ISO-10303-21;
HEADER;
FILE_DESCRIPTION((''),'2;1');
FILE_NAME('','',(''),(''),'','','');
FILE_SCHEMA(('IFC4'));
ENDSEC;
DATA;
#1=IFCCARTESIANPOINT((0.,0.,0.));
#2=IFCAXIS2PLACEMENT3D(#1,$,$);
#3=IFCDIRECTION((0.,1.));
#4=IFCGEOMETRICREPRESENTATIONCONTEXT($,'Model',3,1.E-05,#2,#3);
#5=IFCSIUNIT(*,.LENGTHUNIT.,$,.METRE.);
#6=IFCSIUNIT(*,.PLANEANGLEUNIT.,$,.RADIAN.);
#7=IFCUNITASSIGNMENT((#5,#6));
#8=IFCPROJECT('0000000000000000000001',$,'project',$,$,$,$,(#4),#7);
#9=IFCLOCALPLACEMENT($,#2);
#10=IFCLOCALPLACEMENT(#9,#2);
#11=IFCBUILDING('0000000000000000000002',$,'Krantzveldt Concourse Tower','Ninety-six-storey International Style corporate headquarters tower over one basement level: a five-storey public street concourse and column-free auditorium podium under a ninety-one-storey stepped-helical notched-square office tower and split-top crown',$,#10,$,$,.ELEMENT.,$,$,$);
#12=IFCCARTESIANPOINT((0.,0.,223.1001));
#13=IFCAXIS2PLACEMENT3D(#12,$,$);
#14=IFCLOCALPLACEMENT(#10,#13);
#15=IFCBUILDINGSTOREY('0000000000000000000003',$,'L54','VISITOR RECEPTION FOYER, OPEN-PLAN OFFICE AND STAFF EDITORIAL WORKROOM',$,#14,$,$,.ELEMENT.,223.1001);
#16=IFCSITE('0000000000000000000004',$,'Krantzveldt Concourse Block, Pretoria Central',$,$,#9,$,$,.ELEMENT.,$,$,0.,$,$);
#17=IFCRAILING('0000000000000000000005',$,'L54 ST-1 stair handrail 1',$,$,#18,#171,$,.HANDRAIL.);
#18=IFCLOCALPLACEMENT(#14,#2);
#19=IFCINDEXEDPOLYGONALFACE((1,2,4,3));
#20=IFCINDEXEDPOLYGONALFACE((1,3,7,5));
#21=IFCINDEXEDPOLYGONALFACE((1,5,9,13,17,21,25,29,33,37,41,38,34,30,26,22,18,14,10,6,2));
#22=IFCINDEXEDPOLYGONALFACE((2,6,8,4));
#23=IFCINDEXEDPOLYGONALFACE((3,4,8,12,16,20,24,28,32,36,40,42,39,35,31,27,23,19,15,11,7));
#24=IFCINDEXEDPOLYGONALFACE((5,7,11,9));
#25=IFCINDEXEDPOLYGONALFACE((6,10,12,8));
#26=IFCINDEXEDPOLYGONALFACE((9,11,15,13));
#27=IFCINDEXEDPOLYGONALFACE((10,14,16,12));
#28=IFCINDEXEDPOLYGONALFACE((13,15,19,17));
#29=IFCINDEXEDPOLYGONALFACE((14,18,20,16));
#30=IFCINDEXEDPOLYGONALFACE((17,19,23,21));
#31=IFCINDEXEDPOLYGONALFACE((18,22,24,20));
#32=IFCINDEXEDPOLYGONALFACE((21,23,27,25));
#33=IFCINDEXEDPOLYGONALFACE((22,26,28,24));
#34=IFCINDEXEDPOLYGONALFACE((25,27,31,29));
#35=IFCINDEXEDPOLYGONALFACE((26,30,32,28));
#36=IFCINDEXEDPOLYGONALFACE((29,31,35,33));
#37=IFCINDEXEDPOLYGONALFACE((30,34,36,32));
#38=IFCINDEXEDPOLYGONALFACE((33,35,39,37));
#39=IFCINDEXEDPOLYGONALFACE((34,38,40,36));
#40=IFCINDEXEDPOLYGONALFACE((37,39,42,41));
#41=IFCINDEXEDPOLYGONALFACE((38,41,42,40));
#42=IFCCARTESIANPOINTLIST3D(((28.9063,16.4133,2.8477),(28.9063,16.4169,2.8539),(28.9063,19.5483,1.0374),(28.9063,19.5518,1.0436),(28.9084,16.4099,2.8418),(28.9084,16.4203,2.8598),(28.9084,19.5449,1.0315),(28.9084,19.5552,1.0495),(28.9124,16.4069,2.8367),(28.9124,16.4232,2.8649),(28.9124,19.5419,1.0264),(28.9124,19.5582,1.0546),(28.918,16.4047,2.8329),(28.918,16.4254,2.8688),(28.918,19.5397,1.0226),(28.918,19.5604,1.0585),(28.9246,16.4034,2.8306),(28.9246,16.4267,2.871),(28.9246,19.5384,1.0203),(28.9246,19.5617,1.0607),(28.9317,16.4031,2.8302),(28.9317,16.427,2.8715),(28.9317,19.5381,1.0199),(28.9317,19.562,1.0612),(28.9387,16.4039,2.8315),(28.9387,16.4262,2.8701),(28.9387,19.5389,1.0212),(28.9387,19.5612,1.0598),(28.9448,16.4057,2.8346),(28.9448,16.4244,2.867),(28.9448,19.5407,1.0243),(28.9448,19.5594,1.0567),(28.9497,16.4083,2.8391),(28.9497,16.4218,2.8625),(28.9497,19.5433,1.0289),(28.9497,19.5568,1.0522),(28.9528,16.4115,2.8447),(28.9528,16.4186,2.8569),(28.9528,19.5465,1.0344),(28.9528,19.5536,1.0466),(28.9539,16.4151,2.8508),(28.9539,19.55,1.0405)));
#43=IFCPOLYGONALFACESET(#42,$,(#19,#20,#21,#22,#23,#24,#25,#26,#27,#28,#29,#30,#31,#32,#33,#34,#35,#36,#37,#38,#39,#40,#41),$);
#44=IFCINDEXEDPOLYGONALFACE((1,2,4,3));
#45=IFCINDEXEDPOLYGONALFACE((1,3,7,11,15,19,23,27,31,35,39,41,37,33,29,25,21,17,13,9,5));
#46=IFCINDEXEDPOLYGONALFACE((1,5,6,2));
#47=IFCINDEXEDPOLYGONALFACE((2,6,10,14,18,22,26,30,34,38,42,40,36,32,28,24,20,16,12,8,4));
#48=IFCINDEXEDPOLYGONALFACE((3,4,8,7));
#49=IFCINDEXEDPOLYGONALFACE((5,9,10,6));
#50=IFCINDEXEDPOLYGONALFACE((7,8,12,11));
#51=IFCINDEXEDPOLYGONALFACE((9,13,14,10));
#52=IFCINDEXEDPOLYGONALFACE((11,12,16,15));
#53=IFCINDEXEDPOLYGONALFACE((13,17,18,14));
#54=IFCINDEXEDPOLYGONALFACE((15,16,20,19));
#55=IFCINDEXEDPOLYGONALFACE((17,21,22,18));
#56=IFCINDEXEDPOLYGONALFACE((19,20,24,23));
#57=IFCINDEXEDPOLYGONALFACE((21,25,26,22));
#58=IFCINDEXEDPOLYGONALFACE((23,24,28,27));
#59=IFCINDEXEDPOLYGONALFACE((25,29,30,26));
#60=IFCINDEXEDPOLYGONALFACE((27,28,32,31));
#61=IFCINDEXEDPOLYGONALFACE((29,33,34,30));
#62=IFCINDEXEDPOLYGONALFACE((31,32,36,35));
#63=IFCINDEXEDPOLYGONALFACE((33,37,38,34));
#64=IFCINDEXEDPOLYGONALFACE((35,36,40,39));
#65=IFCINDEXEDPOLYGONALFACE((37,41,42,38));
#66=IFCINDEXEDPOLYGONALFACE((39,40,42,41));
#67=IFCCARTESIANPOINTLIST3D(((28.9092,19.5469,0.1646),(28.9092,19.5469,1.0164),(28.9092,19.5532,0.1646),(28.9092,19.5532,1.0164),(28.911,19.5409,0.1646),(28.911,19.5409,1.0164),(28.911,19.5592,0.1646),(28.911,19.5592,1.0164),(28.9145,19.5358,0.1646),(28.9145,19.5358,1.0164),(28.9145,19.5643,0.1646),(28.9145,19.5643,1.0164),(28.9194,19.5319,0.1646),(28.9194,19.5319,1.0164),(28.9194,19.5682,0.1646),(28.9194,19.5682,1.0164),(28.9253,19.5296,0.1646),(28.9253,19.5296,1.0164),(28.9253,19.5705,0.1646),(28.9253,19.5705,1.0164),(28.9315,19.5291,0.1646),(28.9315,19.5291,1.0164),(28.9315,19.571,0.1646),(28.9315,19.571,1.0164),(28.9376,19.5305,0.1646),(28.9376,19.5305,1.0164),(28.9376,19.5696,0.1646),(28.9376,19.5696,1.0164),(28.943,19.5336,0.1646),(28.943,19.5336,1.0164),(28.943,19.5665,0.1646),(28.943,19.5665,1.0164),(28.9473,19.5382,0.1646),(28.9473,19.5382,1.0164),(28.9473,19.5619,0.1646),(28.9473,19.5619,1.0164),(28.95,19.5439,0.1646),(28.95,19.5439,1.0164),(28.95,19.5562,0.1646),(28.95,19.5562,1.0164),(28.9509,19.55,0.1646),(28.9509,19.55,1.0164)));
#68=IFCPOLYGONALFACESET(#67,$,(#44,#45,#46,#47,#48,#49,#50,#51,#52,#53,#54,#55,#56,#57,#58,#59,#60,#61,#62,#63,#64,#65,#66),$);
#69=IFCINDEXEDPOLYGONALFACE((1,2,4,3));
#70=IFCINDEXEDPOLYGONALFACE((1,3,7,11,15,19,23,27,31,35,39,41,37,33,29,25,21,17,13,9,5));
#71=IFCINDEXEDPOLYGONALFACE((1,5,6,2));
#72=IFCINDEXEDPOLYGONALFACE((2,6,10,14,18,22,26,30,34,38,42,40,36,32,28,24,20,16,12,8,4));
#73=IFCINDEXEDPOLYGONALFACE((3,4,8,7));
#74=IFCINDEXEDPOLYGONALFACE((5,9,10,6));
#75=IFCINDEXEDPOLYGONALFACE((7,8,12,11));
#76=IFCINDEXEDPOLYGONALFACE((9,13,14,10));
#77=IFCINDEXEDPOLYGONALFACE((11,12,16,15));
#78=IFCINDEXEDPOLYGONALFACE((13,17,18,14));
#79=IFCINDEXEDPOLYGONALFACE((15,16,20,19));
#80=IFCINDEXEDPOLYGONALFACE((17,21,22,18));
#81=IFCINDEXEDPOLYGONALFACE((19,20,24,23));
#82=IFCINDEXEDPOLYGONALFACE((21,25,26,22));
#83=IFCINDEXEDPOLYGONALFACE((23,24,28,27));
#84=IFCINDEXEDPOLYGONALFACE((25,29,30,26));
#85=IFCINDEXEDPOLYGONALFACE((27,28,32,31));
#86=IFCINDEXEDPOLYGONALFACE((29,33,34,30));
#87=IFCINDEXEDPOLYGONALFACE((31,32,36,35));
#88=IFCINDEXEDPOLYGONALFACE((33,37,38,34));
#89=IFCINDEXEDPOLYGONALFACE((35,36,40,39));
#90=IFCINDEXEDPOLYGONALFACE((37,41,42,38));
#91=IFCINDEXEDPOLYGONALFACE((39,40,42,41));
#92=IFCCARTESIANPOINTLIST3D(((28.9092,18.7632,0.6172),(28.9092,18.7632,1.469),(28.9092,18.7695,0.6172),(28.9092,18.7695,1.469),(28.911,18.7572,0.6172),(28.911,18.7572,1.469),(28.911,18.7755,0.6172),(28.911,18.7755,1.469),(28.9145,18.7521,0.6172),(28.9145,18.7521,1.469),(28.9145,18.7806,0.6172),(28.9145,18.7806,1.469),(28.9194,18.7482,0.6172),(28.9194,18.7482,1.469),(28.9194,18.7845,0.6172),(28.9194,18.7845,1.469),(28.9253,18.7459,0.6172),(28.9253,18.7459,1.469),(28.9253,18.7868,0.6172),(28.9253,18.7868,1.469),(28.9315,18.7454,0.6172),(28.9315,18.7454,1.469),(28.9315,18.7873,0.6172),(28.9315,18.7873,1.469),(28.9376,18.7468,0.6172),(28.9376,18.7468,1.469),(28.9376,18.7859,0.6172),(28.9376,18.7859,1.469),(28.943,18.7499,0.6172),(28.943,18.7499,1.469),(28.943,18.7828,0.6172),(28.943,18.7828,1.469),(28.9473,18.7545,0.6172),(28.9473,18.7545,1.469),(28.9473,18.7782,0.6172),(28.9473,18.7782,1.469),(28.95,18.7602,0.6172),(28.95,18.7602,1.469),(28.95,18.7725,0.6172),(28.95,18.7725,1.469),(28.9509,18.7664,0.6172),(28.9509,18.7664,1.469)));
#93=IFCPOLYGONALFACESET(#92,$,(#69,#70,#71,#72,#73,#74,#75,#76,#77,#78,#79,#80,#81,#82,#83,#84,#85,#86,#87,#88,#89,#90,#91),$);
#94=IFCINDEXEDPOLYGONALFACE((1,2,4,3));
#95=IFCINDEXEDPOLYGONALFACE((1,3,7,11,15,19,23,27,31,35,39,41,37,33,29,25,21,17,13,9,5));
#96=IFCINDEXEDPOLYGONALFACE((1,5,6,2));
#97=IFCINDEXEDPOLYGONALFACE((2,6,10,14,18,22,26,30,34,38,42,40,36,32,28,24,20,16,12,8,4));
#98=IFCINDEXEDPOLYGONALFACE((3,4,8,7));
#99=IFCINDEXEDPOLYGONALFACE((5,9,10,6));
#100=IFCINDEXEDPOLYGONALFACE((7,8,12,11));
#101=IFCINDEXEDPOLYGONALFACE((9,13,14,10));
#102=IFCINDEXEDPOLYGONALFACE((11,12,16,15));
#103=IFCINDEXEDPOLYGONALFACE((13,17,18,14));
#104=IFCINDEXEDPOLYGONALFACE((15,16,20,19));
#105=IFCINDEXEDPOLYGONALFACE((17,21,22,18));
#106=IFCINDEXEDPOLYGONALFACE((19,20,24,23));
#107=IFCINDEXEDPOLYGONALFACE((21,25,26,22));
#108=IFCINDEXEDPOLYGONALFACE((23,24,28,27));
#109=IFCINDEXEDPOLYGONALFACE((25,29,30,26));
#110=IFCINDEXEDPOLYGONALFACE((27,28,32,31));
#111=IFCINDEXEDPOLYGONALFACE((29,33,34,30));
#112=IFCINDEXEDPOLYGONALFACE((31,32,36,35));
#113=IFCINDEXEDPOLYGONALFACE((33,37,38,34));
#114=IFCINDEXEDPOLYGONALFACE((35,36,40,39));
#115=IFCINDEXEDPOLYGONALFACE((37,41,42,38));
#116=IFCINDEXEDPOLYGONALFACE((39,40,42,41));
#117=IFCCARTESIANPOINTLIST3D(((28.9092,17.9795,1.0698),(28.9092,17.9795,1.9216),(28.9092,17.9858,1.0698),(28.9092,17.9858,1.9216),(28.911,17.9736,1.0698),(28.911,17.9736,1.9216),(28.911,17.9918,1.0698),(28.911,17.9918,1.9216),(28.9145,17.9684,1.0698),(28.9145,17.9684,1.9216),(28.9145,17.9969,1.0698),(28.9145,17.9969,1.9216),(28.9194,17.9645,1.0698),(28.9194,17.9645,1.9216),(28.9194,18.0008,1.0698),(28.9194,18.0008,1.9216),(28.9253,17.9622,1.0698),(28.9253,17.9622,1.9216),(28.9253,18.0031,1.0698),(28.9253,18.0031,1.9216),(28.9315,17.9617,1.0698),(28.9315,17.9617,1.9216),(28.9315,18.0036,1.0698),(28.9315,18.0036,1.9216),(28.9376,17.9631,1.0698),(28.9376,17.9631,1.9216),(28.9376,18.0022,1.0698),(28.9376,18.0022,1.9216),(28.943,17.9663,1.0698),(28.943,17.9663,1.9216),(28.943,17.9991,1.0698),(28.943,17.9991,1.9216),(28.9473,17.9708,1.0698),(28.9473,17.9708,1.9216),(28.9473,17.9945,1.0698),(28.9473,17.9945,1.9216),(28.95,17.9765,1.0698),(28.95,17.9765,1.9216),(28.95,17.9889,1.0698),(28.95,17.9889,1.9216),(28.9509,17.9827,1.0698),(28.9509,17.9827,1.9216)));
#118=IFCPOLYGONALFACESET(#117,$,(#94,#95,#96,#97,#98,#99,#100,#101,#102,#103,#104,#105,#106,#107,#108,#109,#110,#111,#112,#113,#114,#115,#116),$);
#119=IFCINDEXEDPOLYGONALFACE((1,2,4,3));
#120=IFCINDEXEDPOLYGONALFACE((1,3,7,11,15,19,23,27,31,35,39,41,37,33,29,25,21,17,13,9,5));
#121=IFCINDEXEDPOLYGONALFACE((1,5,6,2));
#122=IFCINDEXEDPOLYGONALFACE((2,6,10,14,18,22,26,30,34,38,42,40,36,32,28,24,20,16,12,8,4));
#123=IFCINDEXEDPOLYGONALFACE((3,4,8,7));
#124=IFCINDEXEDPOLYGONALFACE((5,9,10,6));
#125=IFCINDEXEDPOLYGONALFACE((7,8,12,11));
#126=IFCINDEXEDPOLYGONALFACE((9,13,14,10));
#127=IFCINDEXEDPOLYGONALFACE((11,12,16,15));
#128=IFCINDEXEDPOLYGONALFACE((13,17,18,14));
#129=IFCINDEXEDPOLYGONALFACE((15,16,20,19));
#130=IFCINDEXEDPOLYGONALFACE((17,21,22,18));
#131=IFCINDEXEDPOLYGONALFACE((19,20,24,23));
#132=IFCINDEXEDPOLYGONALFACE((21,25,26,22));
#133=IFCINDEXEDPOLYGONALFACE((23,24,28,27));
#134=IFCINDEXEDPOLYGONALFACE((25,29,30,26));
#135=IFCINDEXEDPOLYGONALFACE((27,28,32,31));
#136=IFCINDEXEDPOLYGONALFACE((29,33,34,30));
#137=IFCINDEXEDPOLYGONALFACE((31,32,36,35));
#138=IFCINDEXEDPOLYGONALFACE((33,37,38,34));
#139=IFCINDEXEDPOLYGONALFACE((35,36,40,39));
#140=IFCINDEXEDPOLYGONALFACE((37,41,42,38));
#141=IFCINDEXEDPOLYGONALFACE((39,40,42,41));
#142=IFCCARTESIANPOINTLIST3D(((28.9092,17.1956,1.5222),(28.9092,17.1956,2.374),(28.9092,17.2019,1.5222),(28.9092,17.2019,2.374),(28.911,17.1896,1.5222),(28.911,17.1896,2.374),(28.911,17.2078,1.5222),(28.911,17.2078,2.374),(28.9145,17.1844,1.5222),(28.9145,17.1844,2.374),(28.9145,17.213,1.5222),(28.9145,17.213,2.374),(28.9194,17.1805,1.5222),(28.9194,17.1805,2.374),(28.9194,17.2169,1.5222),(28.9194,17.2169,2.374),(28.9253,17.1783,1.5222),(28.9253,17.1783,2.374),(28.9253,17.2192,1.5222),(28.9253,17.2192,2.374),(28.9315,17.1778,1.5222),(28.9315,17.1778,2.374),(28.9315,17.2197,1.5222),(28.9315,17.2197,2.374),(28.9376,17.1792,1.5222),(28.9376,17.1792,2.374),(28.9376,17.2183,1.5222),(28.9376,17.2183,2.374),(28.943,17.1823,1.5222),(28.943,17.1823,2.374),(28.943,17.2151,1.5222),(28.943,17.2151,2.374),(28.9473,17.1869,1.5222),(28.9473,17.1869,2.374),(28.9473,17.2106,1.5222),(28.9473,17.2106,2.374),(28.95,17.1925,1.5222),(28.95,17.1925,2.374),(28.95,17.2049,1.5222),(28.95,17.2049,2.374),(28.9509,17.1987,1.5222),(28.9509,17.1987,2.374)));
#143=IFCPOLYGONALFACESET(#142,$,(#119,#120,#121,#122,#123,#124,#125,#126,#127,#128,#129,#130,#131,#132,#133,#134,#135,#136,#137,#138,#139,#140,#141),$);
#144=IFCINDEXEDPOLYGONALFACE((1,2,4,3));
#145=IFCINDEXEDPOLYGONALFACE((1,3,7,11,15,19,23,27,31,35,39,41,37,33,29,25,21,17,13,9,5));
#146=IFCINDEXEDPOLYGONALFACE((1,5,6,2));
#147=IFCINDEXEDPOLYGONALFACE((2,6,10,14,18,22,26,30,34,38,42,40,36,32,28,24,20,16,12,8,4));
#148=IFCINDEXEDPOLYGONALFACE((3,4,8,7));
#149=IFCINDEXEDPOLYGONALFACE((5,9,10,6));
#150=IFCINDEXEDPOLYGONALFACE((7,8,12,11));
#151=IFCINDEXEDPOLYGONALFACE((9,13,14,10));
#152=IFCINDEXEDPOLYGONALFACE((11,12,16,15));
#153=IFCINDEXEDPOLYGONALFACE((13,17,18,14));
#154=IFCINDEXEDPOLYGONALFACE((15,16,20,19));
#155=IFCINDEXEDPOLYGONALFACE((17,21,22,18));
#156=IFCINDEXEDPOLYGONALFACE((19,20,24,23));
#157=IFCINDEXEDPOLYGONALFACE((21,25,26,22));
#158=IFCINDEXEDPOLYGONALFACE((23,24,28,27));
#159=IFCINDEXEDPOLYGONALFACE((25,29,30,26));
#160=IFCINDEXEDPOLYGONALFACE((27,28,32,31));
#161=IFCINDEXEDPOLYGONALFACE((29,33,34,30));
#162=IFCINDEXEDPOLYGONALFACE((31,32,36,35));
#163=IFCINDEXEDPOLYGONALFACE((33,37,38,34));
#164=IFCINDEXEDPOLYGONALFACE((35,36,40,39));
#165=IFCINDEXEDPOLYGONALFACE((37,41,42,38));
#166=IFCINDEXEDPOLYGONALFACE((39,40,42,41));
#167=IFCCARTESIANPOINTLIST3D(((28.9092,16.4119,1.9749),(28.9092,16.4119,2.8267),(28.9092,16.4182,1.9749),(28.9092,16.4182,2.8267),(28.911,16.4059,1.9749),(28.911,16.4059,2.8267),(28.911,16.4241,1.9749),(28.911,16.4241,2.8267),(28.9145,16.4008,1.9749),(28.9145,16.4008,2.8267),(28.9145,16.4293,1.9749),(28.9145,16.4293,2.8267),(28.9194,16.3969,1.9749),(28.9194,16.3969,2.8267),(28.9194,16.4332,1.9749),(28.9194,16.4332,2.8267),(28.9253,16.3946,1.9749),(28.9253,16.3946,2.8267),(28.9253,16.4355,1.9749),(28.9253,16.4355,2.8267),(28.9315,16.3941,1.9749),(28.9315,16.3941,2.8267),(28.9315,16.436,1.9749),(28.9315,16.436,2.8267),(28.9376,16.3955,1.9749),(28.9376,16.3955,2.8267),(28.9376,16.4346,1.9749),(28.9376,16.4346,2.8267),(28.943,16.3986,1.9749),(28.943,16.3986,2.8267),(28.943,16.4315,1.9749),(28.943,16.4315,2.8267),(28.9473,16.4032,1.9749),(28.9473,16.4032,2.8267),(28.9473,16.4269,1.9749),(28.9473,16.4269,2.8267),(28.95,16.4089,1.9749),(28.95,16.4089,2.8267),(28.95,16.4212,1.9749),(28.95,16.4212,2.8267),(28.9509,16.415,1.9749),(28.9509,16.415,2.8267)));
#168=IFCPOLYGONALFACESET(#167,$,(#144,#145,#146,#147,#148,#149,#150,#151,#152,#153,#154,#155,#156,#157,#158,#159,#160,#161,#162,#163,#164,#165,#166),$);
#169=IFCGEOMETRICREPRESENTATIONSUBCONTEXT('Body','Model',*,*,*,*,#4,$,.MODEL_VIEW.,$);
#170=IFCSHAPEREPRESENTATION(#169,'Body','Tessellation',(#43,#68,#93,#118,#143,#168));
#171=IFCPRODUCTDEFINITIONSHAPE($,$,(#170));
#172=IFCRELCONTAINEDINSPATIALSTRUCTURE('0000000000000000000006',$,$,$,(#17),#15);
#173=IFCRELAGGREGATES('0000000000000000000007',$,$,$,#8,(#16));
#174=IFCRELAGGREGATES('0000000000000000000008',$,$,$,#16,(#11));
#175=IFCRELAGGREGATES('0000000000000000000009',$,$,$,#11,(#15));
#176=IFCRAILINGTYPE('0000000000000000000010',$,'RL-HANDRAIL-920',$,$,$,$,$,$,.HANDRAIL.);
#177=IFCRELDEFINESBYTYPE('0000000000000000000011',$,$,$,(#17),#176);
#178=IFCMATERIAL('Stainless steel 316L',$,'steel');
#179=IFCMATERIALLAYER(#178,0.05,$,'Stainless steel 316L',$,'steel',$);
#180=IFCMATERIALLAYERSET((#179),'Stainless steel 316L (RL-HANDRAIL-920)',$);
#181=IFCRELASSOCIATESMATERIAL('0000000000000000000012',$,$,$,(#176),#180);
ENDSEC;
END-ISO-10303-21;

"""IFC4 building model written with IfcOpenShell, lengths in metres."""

from ifc_helpers import new_model, si_unit, direction, frame, origin, origin_2d, place, context, subcontext, project, spatial, circle, extrude, material, layer, layer_set, type_object, element, save


model = new_model("IFC4")

# Units and contexts
model_context = context("Model", 3, precision=1e-05, world=origin(), true_north=direction((0.0, 1.0)))
body_context = subcontext(model_context, "Body", "Model", "MODEL_VIEW")
ifc_project = project(units=[si_unit("LENGTHUNIT", "METRE"), si_unit("PLANEANGLEUNIT", "RADIAN")], contexts=[model_context])

# Site, building, storey
site_placement = place(None, origin())
site = spatial("IfcSite", under=ifc_project, at=site_placement, Name="Krantzveldt Concourse Block, Pretoria Central", CompositionType="ELEMENT", RefElevation=0.0)
building_placement = place(site_placement, origin())
building = spatial("IfcBuilding", under=site, at=building_placement, Name="Krantzveldt Concourse Tower", Description="Ninety-six-storey International Style corporate headquarters tower over one basement level: a five-storey public street concourse and column-free auditorium podium under a ninety-one-storey stepped-helical notched-square office tower and split-top crown", CompositionType="ELEMENT")
storey_placement = place(building_placement, frame((0.0, 0.0, 223.1001)))
storey = spatial("IfcBuildingStorey", under=building, at=storey_placement, Name="L54", Description="VISITOR RECEPTION FOYER, OPEN-PLAN OFFICE AND STAFF EDITORIAL WORKROOM", CompositionType="ELEMENT", Elevation=223.1001)

# Railing
ifc_material_1 = material(Name="Stainless steel 316L", Category="steel")
ifc_layer_1 = layer(ifc_material_1, 0.05, Name="Stainless steel 316L", Category="steel")
ifc_layer_set_1 = layer_set([ifc_layer_1], Name="Stainless steel 316L (RL-HANDRAIL-920)")
railing_type_1 = type_object("IfcRailingType", Name="RL-HANDRAIL-920", PredefinedType="HANDRAIL", material=ifc_layer_set_1)
railing_1_placement = place(storey_placement, frame((28.9299, 19.55, 0.1646)))
element("IfcRailing", 1, at=railing_1_placement, inside=storey, type_object=railing_type_1, Name="L54 ST-1 stair handrail 1", PredefinedType="HANDRAIL", context=body_context, shape_type="SweptSolid", body=[
    extrude(circle(Radius=0.0239, at=origin_2d()), frame((0.0, 0.0, 0.876), z_axis=(0.0, -0.865989, 0.500063), x_axis=(1.0, 0.0, 0.0)), (0.0, 0.0, 1.0), 3.6201),
    extrude(circle(Radius=0.021, at=origin_2d()), origin(), (0.0, 0.0, 1.0), 0.8518),
    extrude(circle(Radius=0.021, at=origin_2d()), frame((0.0, -0.7837, 0.4526)), (0.0, 0.0, 1.0), 0.8518),
    extrude(circle(Radius=0.021, at=origin_2d()), frame((0.0, -1.5674, 0.9053)), (0.0, 0.0, 1.0), 0.8518),
    extrude(circle(Radius=0.021, at=origin_2d()), frame((0.0, -2.3513, 1.3577)), (0.0, 0.0, 1.0), 0.8518),
    extrude(circle(Radius=0.021, at=origin_2d()), frame((0.0, -3.135, 1.8103)), (0.0, 0.0, 1.0), 0.8518),
])

save(model, "model.ifc")
